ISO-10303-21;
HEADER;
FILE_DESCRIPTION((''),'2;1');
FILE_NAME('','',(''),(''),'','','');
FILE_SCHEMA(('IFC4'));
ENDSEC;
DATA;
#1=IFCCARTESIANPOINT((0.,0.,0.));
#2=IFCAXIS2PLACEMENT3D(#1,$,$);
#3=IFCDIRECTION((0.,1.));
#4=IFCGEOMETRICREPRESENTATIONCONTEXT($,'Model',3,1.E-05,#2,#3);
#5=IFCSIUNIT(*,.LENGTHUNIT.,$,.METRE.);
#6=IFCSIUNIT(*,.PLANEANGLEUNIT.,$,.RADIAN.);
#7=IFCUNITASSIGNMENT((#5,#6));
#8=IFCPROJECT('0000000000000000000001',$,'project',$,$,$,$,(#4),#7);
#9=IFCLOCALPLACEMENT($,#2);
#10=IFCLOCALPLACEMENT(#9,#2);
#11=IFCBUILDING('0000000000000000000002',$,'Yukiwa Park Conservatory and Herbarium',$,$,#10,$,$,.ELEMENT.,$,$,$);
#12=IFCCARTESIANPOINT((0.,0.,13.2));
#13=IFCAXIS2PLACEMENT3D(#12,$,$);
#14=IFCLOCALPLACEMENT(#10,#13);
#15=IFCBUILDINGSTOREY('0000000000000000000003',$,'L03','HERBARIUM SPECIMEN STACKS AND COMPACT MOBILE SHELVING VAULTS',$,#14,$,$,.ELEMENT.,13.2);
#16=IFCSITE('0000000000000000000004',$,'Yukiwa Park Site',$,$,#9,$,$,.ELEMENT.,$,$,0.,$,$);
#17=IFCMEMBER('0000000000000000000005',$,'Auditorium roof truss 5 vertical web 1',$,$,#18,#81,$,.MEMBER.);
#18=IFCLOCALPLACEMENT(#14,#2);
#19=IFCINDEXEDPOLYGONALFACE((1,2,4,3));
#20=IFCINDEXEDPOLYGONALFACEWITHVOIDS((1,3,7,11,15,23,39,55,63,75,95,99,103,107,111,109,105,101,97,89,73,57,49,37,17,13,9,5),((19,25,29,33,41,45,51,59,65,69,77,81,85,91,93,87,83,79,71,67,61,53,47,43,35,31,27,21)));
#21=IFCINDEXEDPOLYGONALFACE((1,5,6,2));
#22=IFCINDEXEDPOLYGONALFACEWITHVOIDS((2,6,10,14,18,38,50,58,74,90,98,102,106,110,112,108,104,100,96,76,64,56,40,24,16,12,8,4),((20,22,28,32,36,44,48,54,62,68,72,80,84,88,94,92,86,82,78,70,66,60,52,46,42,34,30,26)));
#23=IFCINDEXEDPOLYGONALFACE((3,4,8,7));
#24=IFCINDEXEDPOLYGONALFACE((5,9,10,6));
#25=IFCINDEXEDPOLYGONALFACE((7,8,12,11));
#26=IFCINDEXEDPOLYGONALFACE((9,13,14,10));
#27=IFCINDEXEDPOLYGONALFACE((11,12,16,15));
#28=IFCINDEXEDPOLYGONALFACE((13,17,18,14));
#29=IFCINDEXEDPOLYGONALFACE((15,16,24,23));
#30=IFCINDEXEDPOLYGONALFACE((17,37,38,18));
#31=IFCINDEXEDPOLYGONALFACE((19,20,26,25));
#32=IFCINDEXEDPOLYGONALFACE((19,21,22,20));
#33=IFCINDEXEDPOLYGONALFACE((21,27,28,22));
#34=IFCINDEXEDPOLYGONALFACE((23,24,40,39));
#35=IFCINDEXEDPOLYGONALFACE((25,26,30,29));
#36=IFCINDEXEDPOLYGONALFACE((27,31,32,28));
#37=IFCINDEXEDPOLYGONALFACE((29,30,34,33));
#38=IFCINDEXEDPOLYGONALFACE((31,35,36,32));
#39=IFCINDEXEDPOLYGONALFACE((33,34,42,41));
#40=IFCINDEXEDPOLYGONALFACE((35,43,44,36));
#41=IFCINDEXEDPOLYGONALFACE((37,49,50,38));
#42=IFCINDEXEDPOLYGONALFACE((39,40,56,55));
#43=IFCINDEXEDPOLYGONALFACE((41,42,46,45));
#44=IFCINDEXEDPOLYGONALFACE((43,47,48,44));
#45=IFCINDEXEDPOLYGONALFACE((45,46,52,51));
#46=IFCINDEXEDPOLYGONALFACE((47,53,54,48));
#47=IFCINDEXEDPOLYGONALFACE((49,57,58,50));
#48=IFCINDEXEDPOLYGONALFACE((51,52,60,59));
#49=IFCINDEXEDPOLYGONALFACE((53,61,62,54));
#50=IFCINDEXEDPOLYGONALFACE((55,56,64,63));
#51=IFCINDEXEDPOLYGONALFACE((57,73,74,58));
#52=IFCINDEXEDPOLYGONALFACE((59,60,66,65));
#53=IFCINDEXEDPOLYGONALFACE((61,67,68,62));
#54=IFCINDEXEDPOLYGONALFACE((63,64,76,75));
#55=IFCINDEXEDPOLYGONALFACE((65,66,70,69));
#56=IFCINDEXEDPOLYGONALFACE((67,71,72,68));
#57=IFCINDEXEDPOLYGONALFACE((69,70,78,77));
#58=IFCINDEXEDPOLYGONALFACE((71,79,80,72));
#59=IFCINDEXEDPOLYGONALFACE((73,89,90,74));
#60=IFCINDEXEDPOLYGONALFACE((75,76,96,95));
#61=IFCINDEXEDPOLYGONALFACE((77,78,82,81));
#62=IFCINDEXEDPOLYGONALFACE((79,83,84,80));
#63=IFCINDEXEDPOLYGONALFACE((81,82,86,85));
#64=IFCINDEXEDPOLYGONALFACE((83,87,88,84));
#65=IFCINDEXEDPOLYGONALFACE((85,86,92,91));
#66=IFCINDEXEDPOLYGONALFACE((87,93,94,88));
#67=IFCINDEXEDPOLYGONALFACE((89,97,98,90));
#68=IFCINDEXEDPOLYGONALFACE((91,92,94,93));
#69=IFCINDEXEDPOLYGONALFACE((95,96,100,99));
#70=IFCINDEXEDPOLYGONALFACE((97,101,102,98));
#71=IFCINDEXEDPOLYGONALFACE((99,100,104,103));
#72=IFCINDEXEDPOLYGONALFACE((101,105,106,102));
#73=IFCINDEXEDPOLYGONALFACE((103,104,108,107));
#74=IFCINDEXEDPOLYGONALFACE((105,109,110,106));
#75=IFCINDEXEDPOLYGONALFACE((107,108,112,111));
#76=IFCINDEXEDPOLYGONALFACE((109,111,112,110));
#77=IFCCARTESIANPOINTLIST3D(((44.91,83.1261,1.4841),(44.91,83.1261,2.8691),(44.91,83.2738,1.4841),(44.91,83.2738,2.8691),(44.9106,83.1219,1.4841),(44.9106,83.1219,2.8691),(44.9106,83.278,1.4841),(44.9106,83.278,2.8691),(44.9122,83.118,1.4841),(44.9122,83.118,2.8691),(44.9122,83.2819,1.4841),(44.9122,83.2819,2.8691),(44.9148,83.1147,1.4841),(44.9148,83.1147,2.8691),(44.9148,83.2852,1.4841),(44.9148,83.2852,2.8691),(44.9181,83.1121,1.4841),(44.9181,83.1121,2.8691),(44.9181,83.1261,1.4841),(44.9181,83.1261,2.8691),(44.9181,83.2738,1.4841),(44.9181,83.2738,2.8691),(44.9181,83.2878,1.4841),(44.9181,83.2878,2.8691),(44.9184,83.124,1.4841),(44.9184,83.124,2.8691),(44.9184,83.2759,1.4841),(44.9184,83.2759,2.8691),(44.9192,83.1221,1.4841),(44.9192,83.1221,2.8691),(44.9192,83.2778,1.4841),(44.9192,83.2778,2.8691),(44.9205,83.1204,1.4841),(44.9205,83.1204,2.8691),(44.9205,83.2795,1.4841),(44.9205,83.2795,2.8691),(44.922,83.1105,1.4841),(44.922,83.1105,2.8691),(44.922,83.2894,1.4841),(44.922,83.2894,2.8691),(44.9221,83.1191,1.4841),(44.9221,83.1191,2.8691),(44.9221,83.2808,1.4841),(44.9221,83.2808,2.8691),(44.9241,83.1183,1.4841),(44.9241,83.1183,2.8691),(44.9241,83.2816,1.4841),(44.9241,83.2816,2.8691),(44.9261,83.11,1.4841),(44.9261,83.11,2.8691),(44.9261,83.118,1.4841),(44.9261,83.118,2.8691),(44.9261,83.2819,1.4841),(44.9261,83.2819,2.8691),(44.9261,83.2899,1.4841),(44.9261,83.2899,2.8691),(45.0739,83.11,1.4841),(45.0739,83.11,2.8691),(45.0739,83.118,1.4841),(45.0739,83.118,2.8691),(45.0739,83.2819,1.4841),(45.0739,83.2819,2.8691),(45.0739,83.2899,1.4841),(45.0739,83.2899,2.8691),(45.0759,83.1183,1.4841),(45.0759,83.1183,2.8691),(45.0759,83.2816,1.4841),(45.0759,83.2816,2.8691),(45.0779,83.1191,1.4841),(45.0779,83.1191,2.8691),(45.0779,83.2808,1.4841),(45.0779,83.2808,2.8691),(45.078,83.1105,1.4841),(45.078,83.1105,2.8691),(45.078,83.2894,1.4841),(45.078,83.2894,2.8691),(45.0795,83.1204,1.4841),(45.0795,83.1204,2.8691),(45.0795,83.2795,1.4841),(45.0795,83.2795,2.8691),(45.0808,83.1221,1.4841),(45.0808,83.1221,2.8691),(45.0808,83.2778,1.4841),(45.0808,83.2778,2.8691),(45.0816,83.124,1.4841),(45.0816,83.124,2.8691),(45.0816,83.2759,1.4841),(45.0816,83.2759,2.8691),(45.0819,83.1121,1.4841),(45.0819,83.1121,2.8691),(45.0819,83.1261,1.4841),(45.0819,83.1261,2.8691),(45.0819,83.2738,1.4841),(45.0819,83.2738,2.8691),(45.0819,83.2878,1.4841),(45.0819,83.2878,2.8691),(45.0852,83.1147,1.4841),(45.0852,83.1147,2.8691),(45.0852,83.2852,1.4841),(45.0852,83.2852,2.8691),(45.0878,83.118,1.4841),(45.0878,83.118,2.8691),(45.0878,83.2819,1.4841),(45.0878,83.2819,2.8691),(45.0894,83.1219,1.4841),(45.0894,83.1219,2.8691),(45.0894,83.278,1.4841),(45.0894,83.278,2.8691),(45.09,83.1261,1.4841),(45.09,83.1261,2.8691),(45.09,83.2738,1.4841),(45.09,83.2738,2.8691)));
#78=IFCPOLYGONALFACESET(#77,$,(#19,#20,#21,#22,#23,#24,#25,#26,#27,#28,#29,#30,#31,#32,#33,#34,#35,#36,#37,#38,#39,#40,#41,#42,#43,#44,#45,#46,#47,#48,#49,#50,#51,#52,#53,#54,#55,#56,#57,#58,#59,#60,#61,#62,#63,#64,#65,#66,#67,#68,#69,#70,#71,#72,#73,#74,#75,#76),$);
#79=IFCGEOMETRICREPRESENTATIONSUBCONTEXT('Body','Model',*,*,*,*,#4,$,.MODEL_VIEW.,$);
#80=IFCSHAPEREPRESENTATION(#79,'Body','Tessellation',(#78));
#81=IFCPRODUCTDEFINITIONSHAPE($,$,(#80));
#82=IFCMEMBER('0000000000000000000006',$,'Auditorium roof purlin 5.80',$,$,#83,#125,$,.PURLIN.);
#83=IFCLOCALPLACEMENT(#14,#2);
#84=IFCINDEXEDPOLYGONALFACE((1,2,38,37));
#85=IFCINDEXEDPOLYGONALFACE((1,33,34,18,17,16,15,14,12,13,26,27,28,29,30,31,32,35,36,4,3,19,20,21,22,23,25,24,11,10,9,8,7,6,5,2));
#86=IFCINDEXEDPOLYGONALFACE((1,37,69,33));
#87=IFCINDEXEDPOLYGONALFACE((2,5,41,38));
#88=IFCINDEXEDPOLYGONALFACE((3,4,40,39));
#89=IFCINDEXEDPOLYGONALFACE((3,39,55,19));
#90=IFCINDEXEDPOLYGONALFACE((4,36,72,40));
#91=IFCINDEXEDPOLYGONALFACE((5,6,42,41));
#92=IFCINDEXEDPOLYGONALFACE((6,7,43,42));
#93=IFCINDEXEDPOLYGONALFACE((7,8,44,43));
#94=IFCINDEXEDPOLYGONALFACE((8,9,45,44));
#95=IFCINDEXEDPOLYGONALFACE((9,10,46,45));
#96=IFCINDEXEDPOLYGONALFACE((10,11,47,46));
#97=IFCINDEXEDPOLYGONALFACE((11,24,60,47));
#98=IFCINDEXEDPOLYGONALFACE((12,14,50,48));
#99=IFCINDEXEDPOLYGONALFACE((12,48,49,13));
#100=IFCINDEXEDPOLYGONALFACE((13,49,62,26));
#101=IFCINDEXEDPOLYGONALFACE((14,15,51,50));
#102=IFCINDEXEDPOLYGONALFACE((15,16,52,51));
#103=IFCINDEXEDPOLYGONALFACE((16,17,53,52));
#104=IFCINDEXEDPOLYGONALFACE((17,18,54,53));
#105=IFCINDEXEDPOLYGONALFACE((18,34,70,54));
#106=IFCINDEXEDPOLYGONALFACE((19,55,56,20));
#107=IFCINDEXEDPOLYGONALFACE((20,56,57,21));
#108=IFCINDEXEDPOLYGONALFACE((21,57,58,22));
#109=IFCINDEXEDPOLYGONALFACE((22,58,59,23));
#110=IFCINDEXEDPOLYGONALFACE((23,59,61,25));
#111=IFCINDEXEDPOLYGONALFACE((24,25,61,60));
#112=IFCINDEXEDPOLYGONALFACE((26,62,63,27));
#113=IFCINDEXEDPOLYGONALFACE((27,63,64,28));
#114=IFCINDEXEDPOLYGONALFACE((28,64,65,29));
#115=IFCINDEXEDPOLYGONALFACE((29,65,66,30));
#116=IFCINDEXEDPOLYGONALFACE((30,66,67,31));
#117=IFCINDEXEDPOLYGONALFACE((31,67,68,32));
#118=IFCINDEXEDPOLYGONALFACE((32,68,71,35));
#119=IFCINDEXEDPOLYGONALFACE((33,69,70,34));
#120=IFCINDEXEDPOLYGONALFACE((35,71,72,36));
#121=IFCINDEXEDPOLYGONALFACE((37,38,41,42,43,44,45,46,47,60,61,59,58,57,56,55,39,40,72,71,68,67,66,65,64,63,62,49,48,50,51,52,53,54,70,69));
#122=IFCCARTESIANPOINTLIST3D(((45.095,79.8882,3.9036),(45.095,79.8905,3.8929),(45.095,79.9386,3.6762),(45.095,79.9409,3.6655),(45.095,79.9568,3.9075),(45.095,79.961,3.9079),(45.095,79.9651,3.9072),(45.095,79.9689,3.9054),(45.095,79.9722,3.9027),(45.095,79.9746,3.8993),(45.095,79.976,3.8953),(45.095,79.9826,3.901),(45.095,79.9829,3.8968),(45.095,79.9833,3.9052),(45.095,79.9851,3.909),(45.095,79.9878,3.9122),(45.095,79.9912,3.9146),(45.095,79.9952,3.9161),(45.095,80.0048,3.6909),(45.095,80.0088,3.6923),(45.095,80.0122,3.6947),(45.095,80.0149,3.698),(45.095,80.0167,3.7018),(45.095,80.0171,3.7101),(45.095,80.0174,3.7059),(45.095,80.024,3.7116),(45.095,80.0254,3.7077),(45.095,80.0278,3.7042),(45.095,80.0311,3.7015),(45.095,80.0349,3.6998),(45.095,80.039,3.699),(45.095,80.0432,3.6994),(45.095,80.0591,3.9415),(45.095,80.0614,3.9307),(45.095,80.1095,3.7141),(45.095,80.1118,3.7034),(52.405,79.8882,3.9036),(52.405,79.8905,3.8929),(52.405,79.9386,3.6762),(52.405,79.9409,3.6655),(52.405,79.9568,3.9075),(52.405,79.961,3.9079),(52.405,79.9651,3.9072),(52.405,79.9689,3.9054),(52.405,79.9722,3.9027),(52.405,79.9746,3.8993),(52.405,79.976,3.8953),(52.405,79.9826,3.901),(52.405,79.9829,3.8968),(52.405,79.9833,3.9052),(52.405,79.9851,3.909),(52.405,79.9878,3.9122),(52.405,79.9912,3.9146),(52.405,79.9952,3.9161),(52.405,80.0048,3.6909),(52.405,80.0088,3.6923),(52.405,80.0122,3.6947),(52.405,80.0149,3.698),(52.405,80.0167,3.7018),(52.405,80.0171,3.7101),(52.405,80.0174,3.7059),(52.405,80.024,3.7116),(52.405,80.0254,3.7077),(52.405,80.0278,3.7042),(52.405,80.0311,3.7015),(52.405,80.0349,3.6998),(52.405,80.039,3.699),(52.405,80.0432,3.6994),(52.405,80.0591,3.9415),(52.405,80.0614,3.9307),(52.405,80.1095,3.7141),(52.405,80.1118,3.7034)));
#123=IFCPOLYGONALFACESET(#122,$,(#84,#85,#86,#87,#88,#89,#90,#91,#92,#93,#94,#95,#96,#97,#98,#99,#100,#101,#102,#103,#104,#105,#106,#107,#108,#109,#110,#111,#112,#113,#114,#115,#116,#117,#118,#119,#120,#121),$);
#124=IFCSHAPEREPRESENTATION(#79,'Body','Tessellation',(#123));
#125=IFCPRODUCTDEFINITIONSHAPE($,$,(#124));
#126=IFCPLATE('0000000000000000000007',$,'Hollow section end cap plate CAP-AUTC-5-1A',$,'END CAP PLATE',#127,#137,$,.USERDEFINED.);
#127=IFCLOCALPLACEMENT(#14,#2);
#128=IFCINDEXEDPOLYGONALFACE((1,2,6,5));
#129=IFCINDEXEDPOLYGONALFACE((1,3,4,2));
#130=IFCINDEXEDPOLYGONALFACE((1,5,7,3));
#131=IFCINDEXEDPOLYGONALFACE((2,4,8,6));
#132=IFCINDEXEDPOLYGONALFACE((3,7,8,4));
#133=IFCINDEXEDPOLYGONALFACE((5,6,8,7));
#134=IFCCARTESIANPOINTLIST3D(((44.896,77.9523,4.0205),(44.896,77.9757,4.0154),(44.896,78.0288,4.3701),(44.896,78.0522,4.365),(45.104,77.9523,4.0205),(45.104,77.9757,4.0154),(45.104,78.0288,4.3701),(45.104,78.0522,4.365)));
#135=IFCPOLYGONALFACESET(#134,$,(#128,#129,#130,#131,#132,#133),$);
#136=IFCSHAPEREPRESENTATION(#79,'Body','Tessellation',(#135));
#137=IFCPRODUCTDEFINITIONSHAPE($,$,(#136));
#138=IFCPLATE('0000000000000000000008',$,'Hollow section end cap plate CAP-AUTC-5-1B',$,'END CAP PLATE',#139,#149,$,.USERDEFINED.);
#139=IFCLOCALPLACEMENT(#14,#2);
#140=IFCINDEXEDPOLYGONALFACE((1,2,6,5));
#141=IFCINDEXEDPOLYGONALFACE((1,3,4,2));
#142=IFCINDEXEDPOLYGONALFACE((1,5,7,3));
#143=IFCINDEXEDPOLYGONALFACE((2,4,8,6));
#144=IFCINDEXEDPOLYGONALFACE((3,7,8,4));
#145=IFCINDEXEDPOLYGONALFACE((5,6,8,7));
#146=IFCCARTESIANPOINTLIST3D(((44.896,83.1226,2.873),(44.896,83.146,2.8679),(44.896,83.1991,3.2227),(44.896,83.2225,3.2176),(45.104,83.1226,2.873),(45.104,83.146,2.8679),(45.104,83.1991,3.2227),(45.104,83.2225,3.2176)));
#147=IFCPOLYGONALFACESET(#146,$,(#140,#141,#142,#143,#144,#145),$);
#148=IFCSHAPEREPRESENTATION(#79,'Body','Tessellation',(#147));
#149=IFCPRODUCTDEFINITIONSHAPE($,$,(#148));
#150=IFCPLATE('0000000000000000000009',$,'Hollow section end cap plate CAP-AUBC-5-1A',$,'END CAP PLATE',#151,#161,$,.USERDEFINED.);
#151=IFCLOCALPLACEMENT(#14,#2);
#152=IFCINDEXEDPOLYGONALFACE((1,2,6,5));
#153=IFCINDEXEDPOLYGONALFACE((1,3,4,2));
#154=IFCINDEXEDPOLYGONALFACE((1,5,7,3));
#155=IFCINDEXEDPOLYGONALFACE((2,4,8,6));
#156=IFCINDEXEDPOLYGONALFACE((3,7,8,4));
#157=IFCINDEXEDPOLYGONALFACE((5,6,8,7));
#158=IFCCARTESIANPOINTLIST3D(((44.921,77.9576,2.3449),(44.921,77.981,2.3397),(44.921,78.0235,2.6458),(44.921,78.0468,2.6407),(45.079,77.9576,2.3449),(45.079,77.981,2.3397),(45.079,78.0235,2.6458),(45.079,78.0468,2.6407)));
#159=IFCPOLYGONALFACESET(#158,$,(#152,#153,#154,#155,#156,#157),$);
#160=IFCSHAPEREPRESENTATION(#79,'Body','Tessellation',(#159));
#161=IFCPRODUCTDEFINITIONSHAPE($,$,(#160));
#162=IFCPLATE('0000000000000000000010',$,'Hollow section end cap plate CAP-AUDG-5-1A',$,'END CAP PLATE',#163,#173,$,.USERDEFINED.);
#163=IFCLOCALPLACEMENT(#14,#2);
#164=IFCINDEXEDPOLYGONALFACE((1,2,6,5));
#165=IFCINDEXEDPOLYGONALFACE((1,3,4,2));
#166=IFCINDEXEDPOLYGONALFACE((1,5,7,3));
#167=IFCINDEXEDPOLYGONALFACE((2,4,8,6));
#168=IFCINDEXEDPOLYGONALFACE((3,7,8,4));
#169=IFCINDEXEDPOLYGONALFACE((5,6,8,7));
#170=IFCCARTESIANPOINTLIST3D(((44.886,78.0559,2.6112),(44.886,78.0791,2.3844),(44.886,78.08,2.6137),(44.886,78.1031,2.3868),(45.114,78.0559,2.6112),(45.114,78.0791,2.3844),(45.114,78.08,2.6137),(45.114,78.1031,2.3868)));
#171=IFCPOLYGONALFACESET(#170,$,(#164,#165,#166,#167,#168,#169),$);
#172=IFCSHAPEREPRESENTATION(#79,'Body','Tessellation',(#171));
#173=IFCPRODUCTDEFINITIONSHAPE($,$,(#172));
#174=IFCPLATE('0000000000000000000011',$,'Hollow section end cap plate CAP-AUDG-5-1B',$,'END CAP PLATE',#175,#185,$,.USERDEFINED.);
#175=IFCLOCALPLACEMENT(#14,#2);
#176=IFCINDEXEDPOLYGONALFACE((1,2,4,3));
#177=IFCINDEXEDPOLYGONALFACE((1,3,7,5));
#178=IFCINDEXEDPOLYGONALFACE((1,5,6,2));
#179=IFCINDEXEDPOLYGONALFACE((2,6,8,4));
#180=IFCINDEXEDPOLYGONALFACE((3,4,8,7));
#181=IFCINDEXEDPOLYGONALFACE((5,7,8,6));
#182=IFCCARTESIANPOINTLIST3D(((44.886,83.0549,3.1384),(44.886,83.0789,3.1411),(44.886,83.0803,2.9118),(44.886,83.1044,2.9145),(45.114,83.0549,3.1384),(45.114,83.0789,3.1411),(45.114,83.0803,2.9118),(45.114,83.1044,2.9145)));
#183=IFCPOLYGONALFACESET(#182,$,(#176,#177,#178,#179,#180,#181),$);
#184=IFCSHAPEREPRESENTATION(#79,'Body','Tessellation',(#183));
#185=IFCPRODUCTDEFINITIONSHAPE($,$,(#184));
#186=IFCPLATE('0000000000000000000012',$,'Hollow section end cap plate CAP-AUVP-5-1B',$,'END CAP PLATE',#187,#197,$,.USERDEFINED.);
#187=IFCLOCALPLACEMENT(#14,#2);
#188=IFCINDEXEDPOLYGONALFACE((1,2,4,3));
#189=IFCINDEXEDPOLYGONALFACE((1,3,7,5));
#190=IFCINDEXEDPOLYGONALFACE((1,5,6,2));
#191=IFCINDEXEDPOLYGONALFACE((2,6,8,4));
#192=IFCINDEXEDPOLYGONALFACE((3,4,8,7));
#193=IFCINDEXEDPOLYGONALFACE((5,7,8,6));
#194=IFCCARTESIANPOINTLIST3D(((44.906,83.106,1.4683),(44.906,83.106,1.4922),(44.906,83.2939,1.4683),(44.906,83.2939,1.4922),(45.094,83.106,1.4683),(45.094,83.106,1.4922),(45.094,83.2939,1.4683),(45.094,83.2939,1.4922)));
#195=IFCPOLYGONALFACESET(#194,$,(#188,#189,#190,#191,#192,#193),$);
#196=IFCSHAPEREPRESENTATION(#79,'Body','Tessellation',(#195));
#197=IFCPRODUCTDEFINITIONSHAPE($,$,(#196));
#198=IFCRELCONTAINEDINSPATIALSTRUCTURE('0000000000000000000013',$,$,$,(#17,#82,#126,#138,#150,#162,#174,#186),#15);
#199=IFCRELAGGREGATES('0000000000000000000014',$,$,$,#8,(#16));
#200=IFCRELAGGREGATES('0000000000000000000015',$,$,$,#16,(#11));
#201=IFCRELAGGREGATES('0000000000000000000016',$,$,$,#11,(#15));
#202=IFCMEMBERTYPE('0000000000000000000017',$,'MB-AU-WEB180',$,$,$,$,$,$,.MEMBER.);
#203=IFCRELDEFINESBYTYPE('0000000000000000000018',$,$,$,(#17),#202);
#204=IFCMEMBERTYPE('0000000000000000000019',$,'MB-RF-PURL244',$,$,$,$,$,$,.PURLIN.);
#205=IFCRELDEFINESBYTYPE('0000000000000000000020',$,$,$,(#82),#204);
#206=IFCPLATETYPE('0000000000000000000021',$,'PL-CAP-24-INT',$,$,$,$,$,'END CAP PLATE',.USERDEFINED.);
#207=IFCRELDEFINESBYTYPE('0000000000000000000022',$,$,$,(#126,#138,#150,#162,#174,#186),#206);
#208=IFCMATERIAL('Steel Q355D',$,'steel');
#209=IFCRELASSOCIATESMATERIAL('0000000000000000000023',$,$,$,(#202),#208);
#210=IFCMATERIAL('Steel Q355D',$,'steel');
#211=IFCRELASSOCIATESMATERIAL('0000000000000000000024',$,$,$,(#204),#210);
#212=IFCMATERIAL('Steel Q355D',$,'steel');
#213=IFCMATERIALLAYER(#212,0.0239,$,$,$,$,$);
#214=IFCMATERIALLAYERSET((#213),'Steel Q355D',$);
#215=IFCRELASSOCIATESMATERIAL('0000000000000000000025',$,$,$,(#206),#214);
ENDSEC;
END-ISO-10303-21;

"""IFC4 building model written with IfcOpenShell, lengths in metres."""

from ifc_helpers import new_model, si_unit, direction, frame, origin, origin_2d, place, context, subcontext, project, spatial, rectangle, hollow_rectangle, i_section, extrude, material, layer, layer_set, material_profile, profile_set, type_object, element, save


model = new_model("IFC4")

# Units and contexts
model_context = context("Model", 3, precision=1e-05, world=origin(), true_north=direction((0.0, 1.0)))
body_context = subcontext(model_context, "Body", "Model", "MODEL_VIEW")
ifc_project = project(units=[si_unit("LENGTHUNIT", "METRE"), si_unit("PLANEANGLEUNIT", "RADIAN")], contexts=[model_context])

# Site, building, storey
site_placement = place(None, origin())
site = spatial("IfcSite", under=ifc_project, at=site_placement, Name="Yukiwa Park Site", CompositionType="ELEMENT", RefElevation=0.0)
building_placement = place(site_placement, origin())
building = spatial("IfcBuilding", under=site, at=building_placement, Name="Yukiwa Park Conservatory and Herbarium", CompositionType="ELEMENT")
storey_placement = place(building_placement, frame((0.0, 0.0, 13.2)))
storey = spatial("IfcBuildingStorey", under=building, at=storey_placement, Name="L03", Description="HERBARIUM SPECIMEN STACKS AND COMPACT MOBILE SHELVING VAULTS", CompositionType="ELEMENT", Elevation=13.2)

# Members
ifc_material_1 = material(Name="Steel Q355D", Category="steel")
ifc_material_profile_1 = material_profile(ifc_material_1, hollow_rectangle(XDim=0.1799, YDim=0.1799, WallThickness=0.0081, InnerFilletRadius=0.0081, OuterFilletRadius=0.0161, at=origin_2d()), Name="SHS 180x180x8")
ifc_profile_set_1 = profile_set([ifc_material_profile_1], Name="Steel Q355D")
member_type_1 = type_object("IfcMemberType", Name="MB-AU-WEB180", PredefinedType="MEMBER", material=ifc_profile_set_1)
member_1_placement = place(storey_placement, frame((45.0, 83.2, 1.4841), z_axis=(0.0, 0.0, 1.0), x_axis=(1.0, 0.0, 0.0)))
element("IfcMember", 1, at=member_1_placement, inside=storey, type_object=member_type_1, Name="Auditorium roof truss 5 vertical web 1", PredefinedType="MEMBER", context=body_context, shape_type="SweptSolid", body=[
    extrude(hollow_rectangle(XDim=0.1799, YDim=0.1799, WallThickness=0.0081, InnerFilletRadius=0.0081, OuterFilletRadius=0.0161, at=origin_2d()), origin(), (0.0, 0.0, 1.0), 1.385),
])
ifc_material_2 = material(Name="Steel Q355D", Category="steel")
ifc_material_profile_2 = material_profile(ifc_material_2, i_section(OverallWidth=0.175, OverallDepth=0.2439, WebThickness=0.0071, FlangeThickness=0.011, FilletRadius=0.0161, at=origin_2d()), Name="HM 244x175x7x11")
ifc_profile_set_2 = profile_set([ifc_material_profile_2], Name="Steel Q355D")
member_type_2 = type_object("IfcMemberType", Name="MB-RF-PURL244", PredefinedType="PURLIN", material=ifc_profile_set_2)
member_2_placement = place(storey_placement, frame((45.095, 80.0, 3.8035), z_axis=(1.0, 0.0, 0.0), x_axis=(0.0, 0.976296, 0.21644)))
element("IfcMember", 2, at=member_2_placement, inside=storey, type_object=member_type_2, Name="Auditorium roof purlin 5.80", PredefinedType="PURLIN", context=body_context, shape_type="SweptSolid", body=[
    extrude(i_section(OverallWidth=0.175, OverallDepth=0.2439, WebThickness=0.0071, FlangeThickness=0.011, FilletRadius=0.0161, at=origin_2d()), origin(), (0.0, 0.0, 1.0), 7.3101),
])

# Plates
ifc_material_3 = material(Name="Steel Q355D", Category="steel")
ifc_layer = layer(ifc_material_3, 0.0239)
ifc_layer_set = layer_set([ifc_layer], Name="Steel Q355D")
plate_type = type_object("IfcPlateType", Name="PL-CAP-24-INT", ElementType="END CAP PLATE", PredefinedType="USERDEFINED", material=ifc_layer_set)
for number, where, z_axis, x_axis, name in (
    (3, (45.0, 78.0139, 4.1902), (0.0, -0.9769, 0.213697), (1.0, 0.0, 0.0), "Hollow section end cap plate CAP-AUTC-5-1A"),
    (4, (45.0, 83.1609, 3.0479), (0.0, 0.9769, -0.213697), (-1.0, 0.0, 0.0), "Hollow section end cap plate CAP-AUTC-5-1B"),
):
    element("IfcPlate", number, at=place(storey_placement, frame(where, z_axis=z_axis, x_axis=x_axis)), inside=storey, type_object=plate_type, Name=name, ObjectType="END CAP PLATE", PredefinedType="USERDEFINED", context=body_context, shape_type="SweptSolid", body=[
        extrude(rectangle(XDim=0.208, YDim=0.3579, at=origin_2d()), origin(), (0.0, 0.0, 1.0), 0.0239),
    ])
plate_1_placement = place(storey_placement, frame((45.0, 78.0139, 2.4902), z_axis=(0.0, -0.9769, 0.213697), x_axis=(1.0, 0.0, 0.0)))
element("IfcPlate", 5, at=plate_1_placement, inside=storey, type_object=plate_type, Name="Hollow section end cap plate CAP-AUBC-5-1A", ObjectType="END CAP PLATE", PredefinedType="USERDEFINED", context=body_context, shape_type="SweptSolid", body=[
    extrude(rectangle(XDim=0.158, YDim=0.3081, at=origin_2d()), origin(), (0.0, 0.0, 1.0), 0.0239),
])
for number, where, z_axis, x_axis, name in (
    (6, (45.0, 78.0916, 2.5002), (0.0, -0.994834, -0.101514), (1.0, 0.0, 0.0), "Hollow section end cap plate CAP-AUDG-5-1A"),
    (7, (45.0, 83.0676, 3.0251), (0.0, 0.993759, 0.111544), (-1.0, 0.0, 0.0), "Hollow section end cap plate CAP-AUDG-5-1B"),
):
    element("IfcPlate", number, at=place(storey_placement, frame(where, z_axis=z_axis, x_axis=x_axis)), inside=storey, type_object=plate_type, Name=name, ObjectType="END CAP PLATE", PredefinedType="USERDEFINED", context=body_context, shape_type="SweptSolid", body=[
        extrude(rectangle(XDim=0.228, YDim=0.228, at=origin_2d()), origin(), (0.0, 0.0, 1.0), 0.0242),
    ])
for number, where, z_axis, x_axis, name in (
    (8, (45.0, 83.2, 1.4922), (0.0, 0.0, -1.0), (1.0, 0.0, 0.0), "Hollow section end cap plate CAP-AUVP-5-1B"),
):
    element("IfcPlate", number, at=place(storey_placement, frame(where, z_axis=z_axis, x_axis=x_axis)), inside=storey, type_object=plate_type, Name=name, ObjectType="END CAP PLATE", PredefinedType="USERDEFINED", context=body_context, shape_type="SweptSolid", body=[
        extrude(rectangle(XDim=0.188, YDim=0.188, at=origin_2d()), origin(), (0.0, 0.0, 1.0), 0.0239),
    ])

save(model, "model.ifc")
